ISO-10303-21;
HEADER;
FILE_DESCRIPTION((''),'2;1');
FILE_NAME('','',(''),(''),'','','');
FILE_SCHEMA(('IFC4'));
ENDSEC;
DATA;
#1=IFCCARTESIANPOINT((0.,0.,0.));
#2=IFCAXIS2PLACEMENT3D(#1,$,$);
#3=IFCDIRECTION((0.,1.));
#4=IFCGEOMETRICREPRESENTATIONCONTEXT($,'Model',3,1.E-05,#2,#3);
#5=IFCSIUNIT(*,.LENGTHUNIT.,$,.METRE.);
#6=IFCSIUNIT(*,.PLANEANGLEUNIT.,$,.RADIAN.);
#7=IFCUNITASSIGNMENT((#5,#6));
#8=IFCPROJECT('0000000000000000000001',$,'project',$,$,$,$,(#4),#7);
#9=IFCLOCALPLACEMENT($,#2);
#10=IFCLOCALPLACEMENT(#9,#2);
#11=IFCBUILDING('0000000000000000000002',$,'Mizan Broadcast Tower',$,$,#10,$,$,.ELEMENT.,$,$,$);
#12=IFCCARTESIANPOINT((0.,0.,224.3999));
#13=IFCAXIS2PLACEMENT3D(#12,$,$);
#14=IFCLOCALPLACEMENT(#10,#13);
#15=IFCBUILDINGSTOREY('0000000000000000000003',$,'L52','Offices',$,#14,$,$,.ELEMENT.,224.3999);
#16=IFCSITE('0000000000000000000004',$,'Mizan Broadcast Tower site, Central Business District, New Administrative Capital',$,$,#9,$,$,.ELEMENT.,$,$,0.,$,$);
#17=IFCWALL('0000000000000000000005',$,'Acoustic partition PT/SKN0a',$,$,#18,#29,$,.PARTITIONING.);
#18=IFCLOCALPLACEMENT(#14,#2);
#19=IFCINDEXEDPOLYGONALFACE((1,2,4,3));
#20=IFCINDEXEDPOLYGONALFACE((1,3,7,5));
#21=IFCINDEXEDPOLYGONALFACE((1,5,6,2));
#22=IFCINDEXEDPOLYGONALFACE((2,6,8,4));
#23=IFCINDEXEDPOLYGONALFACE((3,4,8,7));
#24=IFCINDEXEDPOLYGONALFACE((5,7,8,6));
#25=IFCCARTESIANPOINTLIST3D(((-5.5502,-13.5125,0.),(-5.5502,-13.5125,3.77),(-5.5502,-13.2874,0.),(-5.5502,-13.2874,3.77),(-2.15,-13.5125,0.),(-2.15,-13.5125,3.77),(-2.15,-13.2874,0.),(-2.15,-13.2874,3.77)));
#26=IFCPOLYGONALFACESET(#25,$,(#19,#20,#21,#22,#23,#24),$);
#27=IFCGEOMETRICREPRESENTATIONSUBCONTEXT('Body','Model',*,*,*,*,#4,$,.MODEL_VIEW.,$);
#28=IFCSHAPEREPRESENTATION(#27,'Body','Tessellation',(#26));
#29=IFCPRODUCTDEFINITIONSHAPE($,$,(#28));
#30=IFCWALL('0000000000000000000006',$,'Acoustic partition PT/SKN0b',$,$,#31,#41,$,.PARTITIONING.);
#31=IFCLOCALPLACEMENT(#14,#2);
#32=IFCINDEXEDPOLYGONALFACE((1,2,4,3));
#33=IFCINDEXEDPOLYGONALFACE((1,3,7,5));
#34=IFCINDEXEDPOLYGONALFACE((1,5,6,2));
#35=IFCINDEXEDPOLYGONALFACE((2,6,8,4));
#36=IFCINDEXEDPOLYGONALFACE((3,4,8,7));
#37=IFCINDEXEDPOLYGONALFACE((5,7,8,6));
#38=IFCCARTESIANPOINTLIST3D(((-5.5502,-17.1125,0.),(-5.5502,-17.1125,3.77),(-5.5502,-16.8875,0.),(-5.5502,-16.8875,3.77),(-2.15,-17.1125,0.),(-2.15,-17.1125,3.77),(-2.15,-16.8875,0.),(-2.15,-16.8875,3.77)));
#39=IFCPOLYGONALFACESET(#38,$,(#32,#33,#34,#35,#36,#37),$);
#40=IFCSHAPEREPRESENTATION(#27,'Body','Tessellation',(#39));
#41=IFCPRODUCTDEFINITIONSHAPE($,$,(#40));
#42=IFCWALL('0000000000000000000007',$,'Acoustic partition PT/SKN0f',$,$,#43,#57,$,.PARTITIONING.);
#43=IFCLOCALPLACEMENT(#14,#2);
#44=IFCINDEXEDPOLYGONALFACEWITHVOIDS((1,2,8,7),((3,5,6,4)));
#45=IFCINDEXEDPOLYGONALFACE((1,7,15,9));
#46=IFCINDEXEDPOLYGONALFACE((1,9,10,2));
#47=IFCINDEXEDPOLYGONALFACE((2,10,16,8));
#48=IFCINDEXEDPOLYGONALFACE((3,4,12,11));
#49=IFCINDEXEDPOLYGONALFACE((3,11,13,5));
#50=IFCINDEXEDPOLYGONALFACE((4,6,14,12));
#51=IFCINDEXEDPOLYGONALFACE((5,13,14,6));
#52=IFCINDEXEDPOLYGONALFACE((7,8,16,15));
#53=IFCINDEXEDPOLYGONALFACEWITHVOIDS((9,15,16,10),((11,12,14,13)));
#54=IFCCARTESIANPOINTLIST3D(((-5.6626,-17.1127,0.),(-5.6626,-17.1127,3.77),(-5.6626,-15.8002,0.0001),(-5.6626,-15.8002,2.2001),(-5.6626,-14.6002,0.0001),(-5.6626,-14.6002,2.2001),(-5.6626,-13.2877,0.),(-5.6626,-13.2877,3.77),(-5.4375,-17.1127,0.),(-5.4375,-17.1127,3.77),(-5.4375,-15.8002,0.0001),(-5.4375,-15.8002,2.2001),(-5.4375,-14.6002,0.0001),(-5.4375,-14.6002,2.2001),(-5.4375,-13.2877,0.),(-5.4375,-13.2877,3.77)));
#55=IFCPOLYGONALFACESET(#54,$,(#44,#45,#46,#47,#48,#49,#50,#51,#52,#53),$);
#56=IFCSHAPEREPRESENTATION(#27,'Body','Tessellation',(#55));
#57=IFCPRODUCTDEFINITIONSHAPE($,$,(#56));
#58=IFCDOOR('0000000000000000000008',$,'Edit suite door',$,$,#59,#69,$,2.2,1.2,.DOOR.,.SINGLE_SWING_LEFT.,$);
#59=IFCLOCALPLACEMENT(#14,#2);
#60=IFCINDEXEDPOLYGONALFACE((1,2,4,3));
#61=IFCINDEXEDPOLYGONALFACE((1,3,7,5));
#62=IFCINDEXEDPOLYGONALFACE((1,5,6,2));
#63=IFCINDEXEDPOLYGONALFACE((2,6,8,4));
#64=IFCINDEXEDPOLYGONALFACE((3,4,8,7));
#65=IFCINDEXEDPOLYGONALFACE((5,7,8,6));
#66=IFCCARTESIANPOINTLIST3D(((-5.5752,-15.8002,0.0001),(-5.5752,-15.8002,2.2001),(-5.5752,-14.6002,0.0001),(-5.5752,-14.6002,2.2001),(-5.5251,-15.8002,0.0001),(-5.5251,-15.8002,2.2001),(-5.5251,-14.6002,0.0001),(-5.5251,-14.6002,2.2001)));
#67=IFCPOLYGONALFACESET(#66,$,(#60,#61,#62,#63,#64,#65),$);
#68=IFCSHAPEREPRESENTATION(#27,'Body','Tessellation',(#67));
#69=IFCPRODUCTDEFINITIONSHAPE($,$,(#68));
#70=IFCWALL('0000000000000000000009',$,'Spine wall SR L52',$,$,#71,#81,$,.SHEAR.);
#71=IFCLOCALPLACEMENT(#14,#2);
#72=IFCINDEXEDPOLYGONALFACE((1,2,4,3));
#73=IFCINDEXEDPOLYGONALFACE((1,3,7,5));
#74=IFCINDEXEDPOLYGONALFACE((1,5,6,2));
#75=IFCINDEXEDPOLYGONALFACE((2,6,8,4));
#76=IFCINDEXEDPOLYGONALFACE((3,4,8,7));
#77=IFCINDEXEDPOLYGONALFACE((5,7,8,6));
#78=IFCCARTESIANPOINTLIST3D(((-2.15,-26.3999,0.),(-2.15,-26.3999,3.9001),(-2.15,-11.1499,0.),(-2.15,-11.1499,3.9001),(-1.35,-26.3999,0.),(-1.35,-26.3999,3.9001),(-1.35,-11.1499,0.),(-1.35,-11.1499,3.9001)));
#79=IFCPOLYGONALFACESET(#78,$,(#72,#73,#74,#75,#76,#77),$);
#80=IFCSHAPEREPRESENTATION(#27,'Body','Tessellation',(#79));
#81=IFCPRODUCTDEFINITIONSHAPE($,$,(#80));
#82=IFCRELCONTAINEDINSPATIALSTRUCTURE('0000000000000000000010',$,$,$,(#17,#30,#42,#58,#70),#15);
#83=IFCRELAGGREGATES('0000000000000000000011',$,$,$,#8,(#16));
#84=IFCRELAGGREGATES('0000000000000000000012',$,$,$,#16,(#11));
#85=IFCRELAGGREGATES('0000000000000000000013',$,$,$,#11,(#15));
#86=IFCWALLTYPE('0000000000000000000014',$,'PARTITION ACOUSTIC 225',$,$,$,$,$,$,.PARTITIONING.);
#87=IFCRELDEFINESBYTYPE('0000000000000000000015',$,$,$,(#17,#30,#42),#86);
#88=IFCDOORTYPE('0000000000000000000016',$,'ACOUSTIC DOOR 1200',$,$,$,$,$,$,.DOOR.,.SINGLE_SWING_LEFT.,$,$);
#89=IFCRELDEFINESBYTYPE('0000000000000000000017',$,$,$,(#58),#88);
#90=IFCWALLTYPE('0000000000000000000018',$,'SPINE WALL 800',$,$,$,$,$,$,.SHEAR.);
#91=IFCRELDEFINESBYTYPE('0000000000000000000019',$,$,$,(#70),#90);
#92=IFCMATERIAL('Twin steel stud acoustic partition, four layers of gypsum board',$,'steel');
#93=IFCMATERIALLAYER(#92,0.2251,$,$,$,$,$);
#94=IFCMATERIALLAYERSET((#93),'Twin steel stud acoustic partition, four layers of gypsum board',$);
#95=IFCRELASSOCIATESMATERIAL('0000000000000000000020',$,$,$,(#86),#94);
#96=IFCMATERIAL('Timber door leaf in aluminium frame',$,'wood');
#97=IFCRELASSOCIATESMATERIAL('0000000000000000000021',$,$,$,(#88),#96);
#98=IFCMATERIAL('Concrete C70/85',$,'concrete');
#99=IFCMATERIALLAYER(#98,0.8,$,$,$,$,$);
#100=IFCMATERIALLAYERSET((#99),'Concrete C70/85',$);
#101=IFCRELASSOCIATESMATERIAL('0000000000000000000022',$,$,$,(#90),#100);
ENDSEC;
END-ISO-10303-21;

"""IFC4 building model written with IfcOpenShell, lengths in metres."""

from ifc_helpers import new_model, si_unit, direction, frame, frame_2d, origin, place, context, subcontext, project, spatial, rectangle, extrude, material, layer, layer_set, type_object, element, fill, save


model = new_model("IFC4")

# Units and contexts
model_context = context("Model", 3, precision=1e-05, world=origin(), true_north=direction((0.0, 1.0)))
body_context = subcontext(model_context, "Body", "Model", "MODEL_VIEW")
ifc_project = project(units=[si_unit("LENGTHUNIT", "METRE"), si_unit("PLANEANGLEUNIT", "RADIAN")], contexts=[model_context])

# Site, building, storey
site_placement = place(None, origin())
site = spatial("IfcSite", under=ifc_project, at=site_placement, Name="Mizan Broadcast Tower site, Central Business District, New Administrative Capital", CompositionType="ELEMENT", RefElevation=0.0)
building_placement = place(site_placement, origin())
building = spatial("IfcBuilding", under=site, at=building_placement, Name="Mizan Broadcast Tower", CompositionType="ELEMENT")
storey_placement = place(building_placement, frame((0.0, 0.0, 224.3999)))
storey = spatial("IfcBuildingStorey", under=building, at=storey_placement, Name="L52", Description="Offices", CompositionType="ELEMENT", Elevation=224.3999)

# Walls
ifc_material_1 = material(Name="Twin steel stud acoustic partition, four layers of gypsum board", Category="steel")
ifc_layer_1 = layer(ifc_material_1, 0.2251)
ifc_layer_set_1 = layer_set([ifc_layer_1], Name="Twin steel stud acoustic partition, four layers of gypsum board")
wall_type_1 = type_object("IfcWallType", Name="PARTITION ACOUSTIC 225", PredefinedType="PARTITIONING", material=ifc_layer_set_1)
for number, where, z_axis, x_axis, name in (
    (1, (-2.1499, -13.3999, 0.0), (0.0, 0.0, 1.0), (-1.0, 0.0, 0.0), "Acoustic partition PT/SKN0a"),
    (2, (-2.1499, -17.0, 0.0), (0.0, 0.0, 1.0), (-1.0, 0.0, 0.0), "Acoustic partition PT/SKN0b"),
):
    element("IfcWall", number, at=place(storey_placement, frame(where, z_axis=z_axis, x_axis=x_axis)), inside=storey, type_object=wall_type_1, Name=name, PredefinedType="PARTITIONING", context=body_context, shape_type="SweptSolid", body=[
        extrude(rectangle(XDim=3.4001, YDim=0.2251, at=frame_2d((1.7002, 0.0))), origin(), (0.0, 0.0, 1.0), 3.77),
    ])

# Wall, opening, door
wall_1_placement = place(storey_placement, frame((-5.55, -13.2876, 0.0), z_axis=(0.0, 0.0, 1.0), x_axis=(0.0, -1.0, 0.0)))
wall_1 = element("IfcWall", 3, at=wall_1_placement, inside=storey, type_object=wall_type_1, Name="Acoustic partition PT/SKN0f", PredefinedType="PARTITIONING", context=body_context, shape_type="SweptSolid", body=[
    extrude(rectangle(XDim=3.825, YDim=0.2251, at=frame_2d((1.9126, 0.0))), origin(), (0.0, 0.0, 1.0), 3.77),
])
opening_1_placement = place(wall_1_placement, frame((1.3125, 0.0, 0.0)))
opening_1 = element("IfcOpeningElement", 4, at=opening_1_placement, cuts=wall_1, PredefinedType="OPENING", context=body_context, shape_type="SweptSolid", body=[
    extrude(rectangle(XDim=1.2, YDim=2.2, at=frame_2d((0.6001, 1.1001))), frame((0.0, 0.1226, 0.0), z_axis=(0.0, -1.0, 0.0), x_axis=(1.0, 0.0, 0.0)), (0.0, 0.0, 1.0), 0.2451),
])
ifc_material_2 = material(Name="Timber door leaf in aluminium frame", Category="wood")
door_type_1 = type_object("IfcDoorType", Name="ACOUSTIC DOOR 1200", OperationType="SINGLE_SWING_LEFT", PredefinedType="DOOR", material=ifc_material_2)
door_1_placement = place(opening_1_placement, origin())
door_1 = element("IfcDoor", 5, at=door_1_placement, inside=storey, type_object=door_type_1, Name="Edit suite door", OperationType="SINGLE_SWING_LEFT", OverallHeight=2.2, OverallWidth=1.2, PredefinedType="DOOR", context=body_context, shape_type="SweptSolid", body=[
    extrude(rectangle(XDim=1.2, YDim=2.2, at=frame_2d((0.6001, 1.1001))), frame((0.0, 0.0249, 0.0), z_axis=(0.0, -1.0, 0.0), x_axis=(1.0, 0.0, 0.0)), (0.0, 0.0, 1.0), 0.05),
])
fill(opening_1, door_1)

# Wall
ifc_material_3 = material(Name="Concrete C70/85", Category="concrete")
ifc_layer_2 = layer(ifc_material_3, 0.8)
ifc_layer_set_2 = layer_set([ifc_layer_2], Name="Concrete C70/85")
wall_type_2 = type_object("IfcWallType", Name="SPINE WALL 800", PredefinedType="SHEAR", material=ifc_layer_set_2)
wall_2_placement = place(storey_placement, frame((-1.75, -11.1499, 0.0), z_axis=(0.0, 0.0, 1.0), x_axis=(0.0, -1.0, 0.0)))
element("IfcWall", 6, at=wall_2_placement, inside=storey, type_object=wall_type_2, Name="Spine wall SR L52", PredefinedType="SHEAR", context=body_context, shape_type="SweptSolid", body=[
    extrude(rectangle(XDim=15.25, YDim=0.8, at=frame_2d((7.625, 0.0))), origin(), (0.0, 0.0, 1.0), 3.9001),
])

save(model, "model.ifc")
